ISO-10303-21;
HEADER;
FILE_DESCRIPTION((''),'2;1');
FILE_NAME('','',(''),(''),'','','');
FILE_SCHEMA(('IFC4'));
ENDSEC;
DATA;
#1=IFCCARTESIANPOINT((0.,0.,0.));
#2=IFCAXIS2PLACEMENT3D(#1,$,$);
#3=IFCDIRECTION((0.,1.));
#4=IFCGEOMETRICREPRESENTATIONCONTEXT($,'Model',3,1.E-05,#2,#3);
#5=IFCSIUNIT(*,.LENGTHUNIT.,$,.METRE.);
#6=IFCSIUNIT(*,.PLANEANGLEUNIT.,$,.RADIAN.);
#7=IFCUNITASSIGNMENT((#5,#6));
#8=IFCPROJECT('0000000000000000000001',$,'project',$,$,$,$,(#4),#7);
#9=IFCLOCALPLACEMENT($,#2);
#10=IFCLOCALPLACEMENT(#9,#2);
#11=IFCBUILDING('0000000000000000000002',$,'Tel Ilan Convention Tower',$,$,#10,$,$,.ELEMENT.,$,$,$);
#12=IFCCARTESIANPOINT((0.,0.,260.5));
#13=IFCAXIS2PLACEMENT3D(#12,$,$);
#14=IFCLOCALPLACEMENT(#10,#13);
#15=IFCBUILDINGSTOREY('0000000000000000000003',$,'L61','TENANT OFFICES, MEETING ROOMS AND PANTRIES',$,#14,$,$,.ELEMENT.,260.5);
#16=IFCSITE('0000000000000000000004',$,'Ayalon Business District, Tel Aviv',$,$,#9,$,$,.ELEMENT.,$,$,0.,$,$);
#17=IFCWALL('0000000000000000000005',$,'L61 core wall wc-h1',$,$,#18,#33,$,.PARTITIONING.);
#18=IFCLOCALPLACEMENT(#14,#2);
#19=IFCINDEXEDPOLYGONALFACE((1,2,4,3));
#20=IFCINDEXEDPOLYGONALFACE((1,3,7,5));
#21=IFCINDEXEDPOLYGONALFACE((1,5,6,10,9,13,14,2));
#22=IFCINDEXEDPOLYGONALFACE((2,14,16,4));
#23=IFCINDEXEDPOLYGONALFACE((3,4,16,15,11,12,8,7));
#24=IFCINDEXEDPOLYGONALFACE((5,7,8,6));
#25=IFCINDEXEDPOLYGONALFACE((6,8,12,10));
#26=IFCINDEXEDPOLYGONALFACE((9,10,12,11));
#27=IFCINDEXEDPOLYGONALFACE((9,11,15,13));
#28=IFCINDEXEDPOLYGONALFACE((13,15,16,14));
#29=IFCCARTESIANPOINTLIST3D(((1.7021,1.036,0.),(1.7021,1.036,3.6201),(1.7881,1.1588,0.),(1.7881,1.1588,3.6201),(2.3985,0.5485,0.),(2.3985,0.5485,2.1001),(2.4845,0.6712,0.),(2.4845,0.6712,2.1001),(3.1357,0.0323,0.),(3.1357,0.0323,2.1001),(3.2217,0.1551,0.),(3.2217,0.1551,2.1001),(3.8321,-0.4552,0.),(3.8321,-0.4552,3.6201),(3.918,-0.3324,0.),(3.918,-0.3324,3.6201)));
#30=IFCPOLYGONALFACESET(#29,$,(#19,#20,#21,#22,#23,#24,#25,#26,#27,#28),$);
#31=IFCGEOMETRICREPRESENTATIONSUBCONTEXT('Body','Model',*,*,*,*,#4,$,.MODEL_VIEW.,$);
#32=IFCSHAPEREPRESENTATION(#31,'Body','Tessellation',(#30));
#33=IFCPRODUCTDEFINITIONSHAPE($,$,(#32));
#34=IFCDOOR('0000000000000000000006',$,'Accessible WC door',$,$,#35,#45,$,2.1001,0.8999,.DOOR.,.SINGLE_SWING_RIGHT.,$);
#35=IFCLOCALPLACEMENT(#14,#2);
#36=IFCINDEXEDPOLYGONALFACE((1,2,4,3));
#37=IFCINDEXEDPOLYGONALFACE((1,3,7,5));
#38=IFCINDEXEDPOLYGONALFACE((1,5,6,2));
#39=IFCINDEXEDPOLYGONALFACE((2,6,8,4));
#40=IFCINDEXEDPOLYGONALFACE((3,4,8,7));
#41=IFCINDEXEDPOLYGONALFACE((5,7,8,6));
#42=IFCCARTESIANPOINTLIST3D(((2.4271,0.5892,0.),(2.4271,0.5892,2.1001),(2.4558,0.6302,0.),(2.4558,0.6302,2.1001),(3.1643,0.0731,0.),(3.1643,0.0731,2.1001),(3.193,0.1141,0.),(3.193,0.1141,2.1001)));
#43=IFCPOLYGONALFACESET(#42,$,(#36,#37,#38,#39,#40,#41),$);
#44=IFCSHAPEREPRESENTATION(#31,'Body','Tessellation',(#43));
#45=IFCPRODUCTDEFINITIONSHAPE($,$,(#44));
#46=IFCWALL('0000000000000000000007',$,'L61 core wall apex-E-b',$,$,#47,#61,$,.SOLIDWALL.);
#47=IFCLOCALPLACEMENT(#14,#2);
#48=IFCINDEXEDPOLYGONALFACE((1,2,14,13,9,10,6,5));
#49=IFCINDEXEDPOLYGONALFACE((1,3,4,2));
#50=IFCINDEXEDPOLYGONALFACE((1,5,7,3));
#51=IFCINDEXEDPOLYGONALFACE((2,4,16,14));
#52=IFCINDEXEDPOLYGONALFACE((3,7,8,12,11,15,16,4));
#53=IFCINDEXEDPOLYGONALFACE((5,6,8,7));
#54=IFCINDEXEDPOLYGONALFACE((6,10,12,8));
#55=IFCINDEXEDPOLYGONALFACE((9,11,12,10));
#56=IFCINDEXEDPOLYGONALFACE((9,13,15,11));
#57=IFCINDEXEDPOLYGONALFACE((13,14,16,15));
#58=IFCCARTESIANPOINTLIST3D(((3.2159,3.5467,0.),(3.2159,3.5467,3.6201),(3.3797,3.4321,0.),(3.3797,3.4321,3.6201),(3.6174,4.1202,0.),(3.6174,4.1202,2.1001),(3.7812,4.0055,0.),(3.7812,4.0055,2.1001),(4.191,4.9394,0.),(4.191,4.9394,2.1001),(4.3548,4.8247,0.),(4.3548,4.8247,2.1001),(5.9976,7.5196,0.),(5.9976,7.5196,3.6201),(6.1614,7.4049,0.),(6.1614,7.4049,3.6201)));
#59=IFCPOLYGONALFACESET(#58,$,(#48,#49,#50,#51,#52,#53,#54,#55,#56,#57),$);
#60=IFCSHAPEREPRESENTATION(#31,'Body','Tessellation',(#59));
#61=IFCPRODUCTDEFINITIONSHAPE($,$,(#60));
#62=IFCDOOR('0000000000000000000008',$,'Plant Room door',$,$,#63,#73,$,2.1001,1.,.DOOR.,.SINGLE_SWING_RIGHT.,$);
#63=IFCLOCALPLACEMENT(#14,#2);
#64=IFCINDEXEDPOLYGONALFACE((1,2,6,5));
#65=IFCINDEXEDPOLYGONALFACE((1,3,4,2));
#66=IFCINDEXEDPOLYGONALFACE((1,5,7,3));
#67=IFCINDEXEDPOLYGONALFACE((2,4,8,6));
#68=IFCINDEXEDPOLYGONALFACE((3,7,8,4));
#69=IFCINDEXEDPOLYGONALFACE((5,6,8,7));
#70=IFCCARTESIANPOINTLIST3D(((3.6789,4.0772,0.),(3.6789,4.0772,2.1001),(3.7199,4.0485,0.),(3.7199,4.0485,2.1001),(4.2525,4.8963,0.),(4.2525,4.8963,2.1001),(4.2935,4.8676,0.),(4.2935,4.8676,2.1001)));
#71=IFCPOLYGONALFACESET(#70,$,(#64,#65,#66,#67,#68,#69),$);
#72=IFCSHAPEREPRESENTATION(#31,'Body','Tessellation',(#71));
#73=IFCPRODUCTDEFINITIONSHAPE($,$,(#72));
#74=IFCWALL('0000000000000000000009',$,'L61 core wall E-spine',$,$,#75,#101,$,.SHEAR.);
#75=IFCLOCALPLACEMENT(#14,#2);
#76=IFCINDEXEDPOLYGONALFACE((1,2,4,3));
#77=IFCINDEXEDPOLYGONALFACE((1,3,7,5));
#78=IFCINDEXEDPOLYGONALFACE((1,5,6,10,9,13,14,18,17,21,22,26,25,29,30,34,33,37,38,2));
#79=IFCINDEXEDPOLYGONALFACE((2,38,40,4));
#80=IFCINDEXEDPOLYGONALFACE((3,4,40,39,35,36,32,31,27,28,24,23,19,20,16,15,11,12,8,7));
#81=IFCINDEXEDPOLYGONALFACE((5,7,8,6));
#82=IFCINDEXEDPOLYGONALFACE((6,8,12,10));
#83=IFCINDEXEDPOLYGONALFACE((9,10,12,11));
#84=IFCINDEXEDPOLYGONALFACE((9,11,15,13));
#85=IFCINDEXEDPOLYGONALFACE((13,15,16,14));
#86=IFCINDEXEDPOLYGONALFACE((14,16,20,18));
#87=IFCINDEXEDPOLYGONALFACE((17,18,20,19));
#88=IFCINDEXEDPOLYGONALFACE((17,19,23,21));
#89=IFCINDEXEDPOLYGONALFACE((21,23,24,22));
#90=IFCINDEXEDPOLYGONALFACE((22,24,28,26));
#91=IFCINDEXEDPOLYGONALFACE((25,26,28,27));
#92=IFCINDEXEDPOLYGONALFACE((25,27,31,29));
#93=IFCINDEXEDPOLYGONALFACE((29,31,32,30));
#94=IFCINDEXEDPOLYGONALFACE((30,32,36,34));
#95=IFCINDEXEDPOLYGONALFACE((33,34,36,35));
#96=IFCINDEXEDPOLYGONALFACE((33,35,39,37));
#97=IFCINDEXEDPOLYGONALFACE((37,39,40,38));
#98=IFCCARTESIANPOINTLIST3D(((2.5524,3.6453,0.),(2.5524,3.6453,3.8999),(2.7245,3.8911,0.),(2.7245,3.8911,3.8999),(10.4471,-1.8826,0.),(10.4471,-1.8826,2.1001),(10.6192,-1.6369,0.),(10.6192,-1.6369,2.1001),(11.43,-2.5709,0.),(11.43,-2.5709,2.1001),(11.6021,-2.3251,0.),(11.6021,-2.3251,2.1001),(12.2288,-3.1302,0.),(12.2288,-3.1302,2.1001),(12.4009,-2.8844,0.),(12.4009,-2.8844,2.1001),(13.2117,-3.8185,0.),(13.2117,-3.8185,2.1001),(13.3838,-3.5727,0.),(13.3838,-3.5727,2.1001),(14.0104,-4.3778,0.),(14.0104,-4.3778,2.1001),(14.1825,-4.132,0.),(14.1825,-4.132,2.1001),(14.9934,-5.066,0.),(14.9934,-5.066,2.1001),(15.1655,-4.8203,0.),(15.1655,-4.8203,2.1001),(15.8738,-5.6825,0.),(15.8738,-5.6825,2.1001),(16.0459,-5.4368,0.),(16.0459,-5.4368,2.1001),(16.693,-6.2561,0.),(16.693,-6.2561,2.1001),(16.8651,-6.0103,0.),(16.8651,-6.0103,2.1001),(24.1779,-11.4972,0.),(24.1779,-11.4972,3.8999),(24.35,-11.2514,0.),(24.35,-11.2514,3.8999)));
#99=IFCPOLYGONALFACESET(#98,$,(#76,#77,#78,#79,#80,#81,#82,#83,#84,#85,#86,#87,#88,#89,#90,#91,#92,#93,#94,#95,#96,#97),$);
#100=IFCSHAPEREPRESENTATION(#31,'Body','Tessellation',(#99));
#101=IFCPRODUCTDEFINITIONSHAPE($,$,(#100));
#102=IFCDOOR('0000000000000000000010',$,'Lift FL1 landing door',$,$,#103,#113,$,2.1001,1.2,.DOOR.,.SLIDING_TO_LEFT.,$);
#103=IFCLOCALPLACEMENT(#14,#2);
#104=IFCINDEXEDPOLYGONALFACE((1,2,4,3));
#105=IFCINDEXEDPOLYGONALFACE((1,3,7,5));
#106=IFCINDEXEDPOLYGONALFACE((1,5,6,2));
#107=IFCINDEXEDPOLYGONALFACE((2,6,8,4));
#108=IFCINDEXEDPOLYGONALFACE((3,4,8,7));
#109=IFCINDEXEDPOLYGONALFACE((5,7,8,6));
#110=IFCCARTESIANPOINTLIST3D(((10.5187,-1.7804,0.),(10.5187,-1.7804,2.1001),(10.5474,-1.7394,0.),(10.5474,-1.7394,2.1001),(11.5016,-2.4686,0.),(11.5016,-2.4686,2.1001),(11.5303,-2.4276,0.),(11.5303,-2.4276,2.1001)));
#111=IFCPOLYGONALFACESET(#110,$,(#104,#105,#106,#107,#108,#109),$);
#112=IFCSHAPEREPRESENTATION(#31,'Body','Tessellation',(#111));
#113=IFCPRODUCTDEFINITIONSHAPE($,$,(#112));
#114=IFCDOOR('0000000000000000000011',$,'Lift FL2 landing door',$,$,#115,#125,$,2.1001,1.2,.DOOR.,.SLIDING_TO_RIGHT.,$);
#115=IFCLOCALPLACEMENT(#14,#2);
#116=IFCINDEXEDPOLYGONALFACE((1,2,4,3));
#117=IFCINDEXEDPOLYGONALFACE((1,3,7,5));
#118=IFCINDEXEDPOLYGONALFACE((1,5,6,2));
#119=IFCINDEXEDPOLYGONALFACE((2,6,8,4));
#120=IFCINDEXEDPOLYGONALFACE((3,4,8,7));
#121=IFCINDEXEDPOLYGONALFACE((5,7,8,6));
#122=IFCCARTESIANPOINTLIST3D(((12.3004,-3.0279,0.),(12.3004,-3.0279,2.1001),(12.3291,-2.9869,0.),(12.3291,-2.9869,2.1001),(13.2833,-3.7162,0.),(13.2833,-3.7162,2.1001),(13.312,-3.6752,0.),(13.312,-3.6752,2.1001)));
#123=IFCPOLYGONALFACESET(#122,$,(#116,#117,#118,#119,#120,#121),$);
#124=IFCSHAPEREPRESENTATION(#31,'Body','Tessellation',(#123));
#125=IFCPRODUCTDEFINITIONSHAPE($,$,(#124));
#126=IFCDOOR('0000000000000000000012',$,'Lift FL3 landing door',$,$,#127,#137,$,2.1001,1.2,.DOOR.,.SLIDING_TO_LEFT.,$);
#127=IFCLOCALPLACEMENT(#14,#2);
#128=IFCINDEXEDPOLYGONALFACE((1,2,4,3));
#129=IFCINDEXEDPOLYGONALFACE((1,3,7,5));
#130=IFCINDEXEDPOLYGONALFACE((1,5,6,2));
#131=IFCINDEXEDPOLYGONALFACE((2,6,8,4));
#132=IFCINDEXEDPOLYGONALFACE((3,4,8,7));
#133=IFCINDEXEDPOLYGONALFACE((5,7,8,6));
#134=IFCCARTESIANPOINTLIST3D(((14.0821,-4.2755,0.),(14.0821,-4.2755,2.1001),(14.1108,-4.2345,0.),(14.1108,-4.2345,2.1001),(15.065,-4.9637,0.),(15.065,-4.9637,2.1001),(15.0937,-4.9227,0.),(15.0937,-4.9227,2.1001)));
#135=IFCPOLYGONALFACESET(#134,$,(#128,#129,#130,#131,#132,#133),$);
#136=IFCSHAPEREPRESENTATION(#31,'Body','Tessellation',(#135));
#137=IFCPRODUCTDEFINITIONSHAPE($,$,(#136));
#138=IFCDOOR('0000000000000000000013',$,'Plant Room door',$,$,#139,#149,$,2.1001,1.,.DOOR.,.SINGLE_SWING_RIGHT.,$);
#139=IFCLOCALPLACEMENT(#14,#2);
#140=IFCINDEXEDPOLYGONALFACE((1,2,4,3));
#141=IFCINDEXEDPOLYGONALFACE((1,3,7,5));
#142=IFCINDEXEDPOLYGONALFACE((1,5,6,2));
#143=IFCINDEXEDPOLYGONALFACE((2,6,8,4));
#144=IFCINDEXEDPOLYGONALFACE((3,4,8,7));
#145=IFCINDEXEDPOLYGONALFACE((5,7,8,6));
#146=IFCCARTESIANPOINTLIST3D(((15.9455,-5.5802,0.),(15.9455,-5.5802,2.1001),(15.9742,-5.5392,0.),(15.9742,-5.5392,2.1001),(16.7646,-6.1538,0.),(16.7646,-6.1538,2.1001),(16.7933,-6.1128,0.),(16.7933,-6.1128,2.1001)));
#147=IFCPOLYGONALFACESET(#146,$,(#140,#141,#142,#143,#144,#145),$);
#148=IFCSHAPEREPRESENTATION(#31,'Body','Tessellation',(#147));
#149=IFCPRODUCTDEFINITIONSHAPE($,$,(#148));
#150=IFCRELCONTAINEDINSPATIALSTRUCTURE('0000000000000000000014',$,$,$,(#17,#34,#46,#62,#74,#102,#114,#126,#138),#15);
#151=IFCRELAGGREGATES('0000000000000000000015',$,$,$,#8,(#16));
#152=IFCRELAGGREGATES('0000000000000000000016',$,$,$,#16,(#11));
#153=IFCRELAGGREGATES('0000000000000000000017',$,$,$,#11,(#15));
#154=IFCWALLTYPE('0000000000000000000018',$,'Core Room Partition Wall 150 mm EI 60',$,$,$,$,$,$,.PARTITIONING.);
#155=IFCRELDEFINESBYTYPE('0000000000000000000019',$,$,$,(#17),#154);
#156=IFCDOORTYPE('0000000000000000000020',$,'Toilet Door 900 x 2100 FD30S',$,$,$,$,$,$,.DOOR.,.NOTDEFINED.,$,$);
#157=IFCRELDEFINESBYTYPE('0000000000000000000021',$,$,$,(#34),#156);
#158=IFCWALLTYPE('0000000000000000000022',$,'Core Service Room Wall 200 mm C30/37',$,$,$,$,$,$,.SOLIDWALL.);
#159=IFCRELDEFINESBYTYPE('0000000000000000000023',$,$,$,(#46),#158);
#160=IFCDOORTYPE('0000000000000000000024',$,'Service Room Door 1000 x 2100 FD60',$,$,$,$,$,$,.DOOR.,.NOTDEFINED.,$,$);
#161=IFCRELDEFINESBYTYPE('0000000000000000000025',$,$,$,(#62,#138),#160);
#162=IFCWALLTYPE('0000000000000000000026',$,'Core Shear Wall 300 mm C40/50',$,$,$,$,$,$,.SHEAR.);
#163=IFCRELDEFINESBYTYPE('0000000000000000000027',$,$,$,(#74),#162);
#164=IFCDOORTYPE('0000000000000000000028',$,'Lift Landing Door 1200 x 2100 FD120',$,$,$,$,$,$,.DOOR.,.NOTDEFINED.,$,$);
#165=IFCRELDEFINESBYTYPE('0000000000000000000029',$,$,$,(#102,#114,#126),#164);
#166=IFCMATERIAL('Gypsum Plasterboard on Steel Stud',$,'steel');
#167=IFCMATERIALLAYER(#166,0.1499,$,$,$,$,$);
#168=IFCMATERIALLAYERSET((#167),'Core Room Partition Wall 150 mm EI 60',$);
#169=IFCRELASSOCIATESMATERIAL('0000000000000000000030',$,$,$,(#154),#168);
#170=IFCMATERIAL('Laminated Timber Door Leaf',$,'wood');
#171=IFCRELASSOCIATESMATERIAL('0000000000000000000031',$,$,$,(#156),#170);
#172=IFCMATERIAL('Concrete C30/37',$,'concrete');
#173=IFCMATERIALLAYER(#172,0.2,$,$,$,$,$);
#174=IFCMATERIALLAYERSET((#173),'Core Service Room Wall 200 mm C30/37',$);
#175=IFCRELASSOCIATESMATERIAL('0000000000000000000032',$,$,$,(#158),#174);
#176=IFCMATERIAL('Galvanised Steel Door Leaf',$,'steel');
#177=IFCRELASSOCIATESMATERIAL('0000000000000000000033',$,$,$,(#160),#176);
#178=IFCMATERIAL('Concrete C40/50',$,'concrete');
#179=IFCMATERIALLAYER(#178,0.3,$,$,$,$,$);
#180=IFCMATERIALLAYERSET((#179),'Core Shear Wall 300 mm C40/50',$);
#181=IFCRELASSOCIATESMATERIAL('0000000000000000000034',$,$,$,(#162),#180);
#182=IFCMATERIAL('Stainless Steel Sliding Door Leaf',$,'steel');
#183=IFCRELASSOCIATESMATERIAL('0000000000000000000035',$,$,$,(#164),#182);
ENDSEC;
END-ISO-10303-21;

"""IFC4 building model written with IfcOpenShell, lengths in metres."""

from ifc_helpers import new_model, si_unit, direction, frame, frame_2d, origin, place, context, subcontext, project, spatial, polyline, rectangle, outline, extrude, material, layer, layer_set, type_object, element, fill, save


model = new_model("IFC4")

# Units and contexts
model_context = context("Model", 3, precision=1e-05, world=origin(), true_north=direction((0.0, 1.0)))
body_context = subcontext(model_context, "Body", "Model", "MODEL_VIEW")
ifc_project = project(units=[si_unit("LENGTHUNIT", "METRE"), si_unit("PLANEANGLEUNIT", "RADIAN")], contexts=[model_context])

# Site, building, storey
site_placement = place(None, origin())
site = spatial("IfcSite", under=ifc_project, at=site_placement, Name="Ayalon Business District, Tel Aviv", CompositionType="ELEMENT", RefElevation=0.0)
building_placement = place(site_placement, origin())
building = spatial("IfcBuilding", under=site, at=building_placement, Name="Tel Ilan Convention Tower", CompositionType="ELEMENT")
storey_placement = place(building_placement, frame((0.0, 0.0, 260.5)))
storey = spatial("IfcBuildingStorey", under=building, at=storey_placement, Name="L61", Description="TENANT OFFICES, MEETING ROOMS AND PANTRIES", CompositionType="ELEMENT", Elevation=260.5)

# Walls, openings, doors
ifc_material_1 = material(Name="Gypsum Plasterboard on Steel Stud", Category="steel")
ifc_layer_1 = layer(ifc_material_1, 0.1499)
ifc_layer_set_1 = layer_set([ifc_layer_1], Name="Core Room Partition Wall 150 mm EI 60")
wall_type_1 = type_object("IfcWallType", Name="Core Room Partition Wall 150 mm EI 60", PredefinedType="PARTITIONING", material=ifc_layer_set_1)
wall_1_placement = place(storey_placement, frame((1.7451, 1.0974, 0.0), z_axis=(0.0, 0.0, 1.0), x_axis=(0.819179, -0.573538, 0.0)))
wall_1 = element("IfcWall", 1, at=wall_1_placement, inside=storey, type_object=wall_type_1, Name="L61 core wall wc-h1", PredefinedType="PARTITIONING", context=body_context, shape_type="SweptSolid", body=[
    extrude(rectangle(XDim=2.6001, YDim=0.1499, at=frame_2d((1.3, 0.0))), origin(), (0.0, 0.0, 1.0), 3.6201),
])
opening_1_placement = place(wall_1_placement, frame((0.8501, 0.0, 0.0)))
opening_1 = element("IfcOpeningElement", 2, at=opening_1_placement, cuts=wall_1, PredefinedType="OPENING", context=body_context, shape_type="SweptSolid", body=[
    extrude(rectangle(XDim=0.8999, YDim=2.1001, at=frame_2d((0.45, 1.05))), frame((0.0, 0.085, 0.0), z_axis=(0.0, -1.0, 0.0), x_axis=(1.0, 0.0, 0.0)), (0.0, 0.0, 1.0), 0.1699),
])
ifc_material_2 = material(Name="Laminated Timber Door Leaf", Category="wood")
door_type_1 = type_object("IfcDoorType", Name="Toilet Door 900 x 2100 FD30S", OperationType="NOTDEFINED", PredefinedType="DOOR", material=ifc_material_2)
door_1_placement = place(opening_1_placement, origin())
door_1 = element("IfcDoor", 3, at=door_1_placement, inside=storey, type_object=door_type_1, Name="Accessible WC door", OperationType="SINGLE_SWING_RIGHT", OverallHeight=2.1001, OverallWidth=0.8999, PredefinedType="DOOR", context=body_context, shape_type="SweptSolid", body=[
    extrude(rectangle(XDim=0.8999, YDim=2.1001, at=frame_2d((0.45, 1.05))), frame((0.0, 0.0249, 0.0), z_axis=(0.0, -1.0, 0.0), x_axis=(1.0, 0.0, 0.0)), (0.0, 0.0, 1.0), 0.05),
])
fill(opening_1, door_1)
ifc_material_3 = material(Name="Concrete C30/37", Category="concrete")
ifc_layer_2 = layer(ifc_material_3, 0.2)
ifc_layer_set_2 = layer_set([ifc_layer_2], Name="Core Service Room Wall 200 mm C30/37")
wall_type_2 = type_object("IfcWallType", Name="Core Service Room Wall 200 mm C30/37", PredefinedType="SOLIDWALL", material=ifc_layer_set_2)
wall_2_placement = place(storey_placement, frame((3.2979, 3.4895, 0.0), z_axis=(0.0, 0.0, 1.0), x_axis=(0.57356, 0.819163, 0.0)))
wall_2 = element("IfcWall", 4, at=wall_2_placement, inside=storey, type_object=wall_type_2, Name="L61 core wall apex-E-b", PredefinedType="SOLIDWALL", context=body_context, shape_type="SweptSolid", body=[
    extrude(rectangle(XDim=4.8499, YDim=0.2, at=frame_2d((2.4248, 0.0))), origin(), (0.0, 0.0, 1.0), 3.6201),
])
opening_2_placement = place(wall_2_placement, frame((0.7, 0.0, 0.0)))
opening_2 = element("IfcOpeningElement", 5, at=opening_2_placement, cuts=wall_2, PredefinedType="OPENING", context=body_context, shape_type="SweptSolid", body=[
    extrude(rectangle(XDim=1.0, YDim=2.1001, at=frame_2d((0.5, 1.05))), frame((0.0, 0.1099, 0.0), z_axis=(0.0, -1.0, 0.0), x_axis=(1.0, 0.0, 0.0)), (0.0, 0.0, 1.0), 0.22),
])
ifc_material_4 = material(Name="Galvanised Steel Door Leaf", Category="steel")
door_type_2 = type_object("IfcDoorType", Name="Service Room Door 1000 x 2100 FD60", OperationType="NOTDEFINED", PredefinedType="DOOR", material=ifc_material_4)
door_2_placement = place(opening_2_placement, origin())
door_2 = element("IfcDoor", 6, at=door_2_placement, inside=storey, type_object=door_type_2, Name="Plant Room door", OperationType="SINGLE_SWING_RIGHT", OverallHeight=2.1001, OverallWidth=1.0, PredefinedType="DOOR", context=body_context, shape_type="SweptSolid", body=[
    extrude(rectangle(XDim=1.0, YDim=2.1001, at=frame_2d((0.5, 1.05))), frame((0.0, 0.0249, 0.0), z_axis=(0.0, -1.0, 0.0), x_axis=(1.0, 0.0, 0.0)), (0.0, 0.0, 1.0), 0.05),
])
fill(opening_2, door_2)

# Wall, openings, doors
ifc_material_5 = material(Name="Concrete C40/50", Category="concrete")
ifc_layer_3 = layer(ifc_material_5, 0.3)
ifc_layer_set_3 = layer_set([ifc_layer_3], Name="Core Shear Wall 300 mm C40/50")
wall_type_3 = type_object("IfcWallType", Name="Core Shear Wall 300 mm C40/50", PredefinedType="SHEAR", material=ifc_layer_set_3)
wall_3_placement = place(storey_placement, frame((2.6384, 3.7681, 0.0), z_axis=(0.0, 0.0, 1.0), x_axis=(0.819155, -0.573572, 0.0)))
wall_3 = element("IfcWall", 7, at=wall_3_placement, inside=storey, type_object=wall_type_3, Name="L61 core wall E-spine", PredefinedType="SHEAR", context=body_context, shape_type="SweptSolid", body=[
    extrude(outline(polyline([(0.0, 0.1501), (0.0, -0.1499), (26.3999, -0.1501), (26.3999, 0.1499), (0.0, 0.1501)])), origin(), (0.0, 0.0, 1.0), 3.8999),
])
opening_3_placement = place(wall_3_placement, frame((9.6375, 0.0, 0.0)))
opening_3 = element("IfcOpeningElement", 8, at=opening_3_placement, cuts=wall_3, PredefinedType="OPENING", context=body_context, shape_type="SweptSolid", body=[
    extrude(rectangle(XDim=1.2, YDim=2.1001, at=frame_2d((0.6001, 1.05))), frame((0.0, 0.1599, 0.0), z_axis=(0.0, -1.0, 0.0), x_axis=(1.0, 0.0, 0.0)), (0.0, 0.0, 1.0), 0.3201),
])
opening_4_placement = place(wall_3_placement, frame((11.8125, 0.0, 0.0)))
opening_4 = element("IfcOpeningElement", 9, at=opening_4_placement, cuts=wall_3, PredefinedType="OPENING", context=body_context, shape_type="SweptSolid", body=[
    extrude(rectangle(XDim=1.2, YDim=2.1001, at=frame_2d((0.6001, 1.05))), frame((0.0, 0.1599, 0.0), z_axis=(0.0, -1.0, 0.0), x_axis=(1.0, 0.0, 0.0)), (0.0, 0.0, 1.0), 0.3201),
])
opening_5_placement = place(wall_3_placement, frame((13.9875, 0.0, 0.0)))
opening_5 = element("IfcOpeningElement", 10, at=opening_5_placement, cuts=wall_3, PredefinedType="OPENING", context=body_context, shape_type="SweptSolid", body=[
    extrude(rectangle(XDim=1.2, YDim=2.1001, at=frame_2d((0.6001, 1.05))), frame((0.0, 0.1599, 0.0), z_axis=(0.0, -1.0, 0.0), x_axis=(1.0, 0.0, 0.0)), (0.0, 0.0, 1.0), 0.3201),
])
opening_6_placement = place(wall_3_placement, frame((16.2625, 0.0, 0.0)))
opening_6 = element("IfcOpeningElement", 11, at=opening_6_placement, cuts=wall_3, PredefinedType="OPENING", context=body_context, shape_type="SweptSolid", body=[
    extrude(rectangle(XDim=1.0, YDim=2.1001, at=frame_2d((0.5, 1.05))), frame((0.0, 0.1599, 0.0), z_axis=(0.0, -1.0, 0.0), x_axis=(1.0, 0.0, 0.0)), (0.0, 0.0, 1.0), 0.3201),
])
ifc_material_6 = material(Name="Stainless Steel Sliding Door Leaf", Category="steel")
door_type_3 = type_object("IfcDoorType", Name="Lift Landing Door 1200 x 2100 FD120", OperationType="NOTDEFINED", PredefinedType="DOOR", material=ifc_material_6)
door_3_placement = place(opening_3_placement, origin())
door_3 = element("IfcDoor", 12, at=door_3_placement, inside=storey, type_object=door_type_3, Name="Lift FL1 landing door", OperationType="SLIDING_TO_LEFT", OverallHeight=2.1001, OverallWidth=1.2, PredefinedType="DOOR", context=body_context, shape_type="SweptSolid", body=[
    extrude(rectangle(XDim=1.2, YDim=2.1001, at=frame_2d((0.6001, 1.05))), frame((0.0, 0.0249, 0.0), z_axis=(0.0, -1.0, 0.0), x_axis=(1.0, 0.0, 0.0)), (0.0, 0.0, 1.0), 0.05),
])
fill(opening_3, door_3)
door_4_placement = place(opening_4_placement, origin())
door_4 = element("IfcDoor", 13, at=door_4_placement, inside=storey, type_object=door_type_3, Name="Lift FL2 landing door", OperationType="SLIDING_TO_RIGHT", OverallHeight=2.1001, OverallWidth=1.2, PredefinedType="DOOR", context=body_context, shape_type="SweptSolid", body=[
    extrude(rectangle(XDim=1.2, YDim=2.1001, at=frame_2d((0.6001, 1.05))), frame((0.0, 0.0249, 0.0), z_axis=(0.0, -1.0, 0.0), x_axis=(1.0, 0.0, 0.0)), (0.0, 0.0, 1.0), 0.05),
])
fill(opening_4, door_4)
door_5_placement = place(opening_5_placement, origin())
door_5 = element("IfcDoor", 14, at=door_5_placement, inside=storey, type_object=door_type_3, Name="Lift FL3 landing door", OperationType="SLIDING_TO_LEFT", OverallHeight=2.1001, OverallWidth=1.2, PredefinedType="DOOR", context=body_context, shape_type="SweptSolid", body=[
    extrude(rectangle(XDim=1.2, YDim=2.1001, at=frame_2d((0.6001, 1.05))), frame((0.0, 0.0249, 0.0), z_axis=(0.0, -1.0, 0.0), x_axis=(1.0, 0.0, 0.0)), (0.0, 0.0, 1.0), 0.05),
])
fill(opening_5, door_5)
door_6_placement = place(opening_6_placement, origin())
door_6 = element("IfcDoor", 15, at=door_6_placement, inside=storey, type_object=door_type_2, Name="Plant Room door", OperationType="SINGLE_SWING_RIGHT", OverallHeight=2.1001, OverallWidth=1.0, PredefinedType="DOOR", context=body_context, shape_type="SweptSolid", body=[
    extrude(rectangle(XDim=1.0, YDim=2.1001, at=frame_2d((0.5, 1.05))), frame((0.0, 0.0249, 0.0), z_axis=(0.0, -1.0, 0.0), x_axis=(1.0, 0.0, 0.0)), (0.0, 0.0, 1.0), 0.05),
])
fill(opening_6, door_6)

save(model, "model.ifc")
